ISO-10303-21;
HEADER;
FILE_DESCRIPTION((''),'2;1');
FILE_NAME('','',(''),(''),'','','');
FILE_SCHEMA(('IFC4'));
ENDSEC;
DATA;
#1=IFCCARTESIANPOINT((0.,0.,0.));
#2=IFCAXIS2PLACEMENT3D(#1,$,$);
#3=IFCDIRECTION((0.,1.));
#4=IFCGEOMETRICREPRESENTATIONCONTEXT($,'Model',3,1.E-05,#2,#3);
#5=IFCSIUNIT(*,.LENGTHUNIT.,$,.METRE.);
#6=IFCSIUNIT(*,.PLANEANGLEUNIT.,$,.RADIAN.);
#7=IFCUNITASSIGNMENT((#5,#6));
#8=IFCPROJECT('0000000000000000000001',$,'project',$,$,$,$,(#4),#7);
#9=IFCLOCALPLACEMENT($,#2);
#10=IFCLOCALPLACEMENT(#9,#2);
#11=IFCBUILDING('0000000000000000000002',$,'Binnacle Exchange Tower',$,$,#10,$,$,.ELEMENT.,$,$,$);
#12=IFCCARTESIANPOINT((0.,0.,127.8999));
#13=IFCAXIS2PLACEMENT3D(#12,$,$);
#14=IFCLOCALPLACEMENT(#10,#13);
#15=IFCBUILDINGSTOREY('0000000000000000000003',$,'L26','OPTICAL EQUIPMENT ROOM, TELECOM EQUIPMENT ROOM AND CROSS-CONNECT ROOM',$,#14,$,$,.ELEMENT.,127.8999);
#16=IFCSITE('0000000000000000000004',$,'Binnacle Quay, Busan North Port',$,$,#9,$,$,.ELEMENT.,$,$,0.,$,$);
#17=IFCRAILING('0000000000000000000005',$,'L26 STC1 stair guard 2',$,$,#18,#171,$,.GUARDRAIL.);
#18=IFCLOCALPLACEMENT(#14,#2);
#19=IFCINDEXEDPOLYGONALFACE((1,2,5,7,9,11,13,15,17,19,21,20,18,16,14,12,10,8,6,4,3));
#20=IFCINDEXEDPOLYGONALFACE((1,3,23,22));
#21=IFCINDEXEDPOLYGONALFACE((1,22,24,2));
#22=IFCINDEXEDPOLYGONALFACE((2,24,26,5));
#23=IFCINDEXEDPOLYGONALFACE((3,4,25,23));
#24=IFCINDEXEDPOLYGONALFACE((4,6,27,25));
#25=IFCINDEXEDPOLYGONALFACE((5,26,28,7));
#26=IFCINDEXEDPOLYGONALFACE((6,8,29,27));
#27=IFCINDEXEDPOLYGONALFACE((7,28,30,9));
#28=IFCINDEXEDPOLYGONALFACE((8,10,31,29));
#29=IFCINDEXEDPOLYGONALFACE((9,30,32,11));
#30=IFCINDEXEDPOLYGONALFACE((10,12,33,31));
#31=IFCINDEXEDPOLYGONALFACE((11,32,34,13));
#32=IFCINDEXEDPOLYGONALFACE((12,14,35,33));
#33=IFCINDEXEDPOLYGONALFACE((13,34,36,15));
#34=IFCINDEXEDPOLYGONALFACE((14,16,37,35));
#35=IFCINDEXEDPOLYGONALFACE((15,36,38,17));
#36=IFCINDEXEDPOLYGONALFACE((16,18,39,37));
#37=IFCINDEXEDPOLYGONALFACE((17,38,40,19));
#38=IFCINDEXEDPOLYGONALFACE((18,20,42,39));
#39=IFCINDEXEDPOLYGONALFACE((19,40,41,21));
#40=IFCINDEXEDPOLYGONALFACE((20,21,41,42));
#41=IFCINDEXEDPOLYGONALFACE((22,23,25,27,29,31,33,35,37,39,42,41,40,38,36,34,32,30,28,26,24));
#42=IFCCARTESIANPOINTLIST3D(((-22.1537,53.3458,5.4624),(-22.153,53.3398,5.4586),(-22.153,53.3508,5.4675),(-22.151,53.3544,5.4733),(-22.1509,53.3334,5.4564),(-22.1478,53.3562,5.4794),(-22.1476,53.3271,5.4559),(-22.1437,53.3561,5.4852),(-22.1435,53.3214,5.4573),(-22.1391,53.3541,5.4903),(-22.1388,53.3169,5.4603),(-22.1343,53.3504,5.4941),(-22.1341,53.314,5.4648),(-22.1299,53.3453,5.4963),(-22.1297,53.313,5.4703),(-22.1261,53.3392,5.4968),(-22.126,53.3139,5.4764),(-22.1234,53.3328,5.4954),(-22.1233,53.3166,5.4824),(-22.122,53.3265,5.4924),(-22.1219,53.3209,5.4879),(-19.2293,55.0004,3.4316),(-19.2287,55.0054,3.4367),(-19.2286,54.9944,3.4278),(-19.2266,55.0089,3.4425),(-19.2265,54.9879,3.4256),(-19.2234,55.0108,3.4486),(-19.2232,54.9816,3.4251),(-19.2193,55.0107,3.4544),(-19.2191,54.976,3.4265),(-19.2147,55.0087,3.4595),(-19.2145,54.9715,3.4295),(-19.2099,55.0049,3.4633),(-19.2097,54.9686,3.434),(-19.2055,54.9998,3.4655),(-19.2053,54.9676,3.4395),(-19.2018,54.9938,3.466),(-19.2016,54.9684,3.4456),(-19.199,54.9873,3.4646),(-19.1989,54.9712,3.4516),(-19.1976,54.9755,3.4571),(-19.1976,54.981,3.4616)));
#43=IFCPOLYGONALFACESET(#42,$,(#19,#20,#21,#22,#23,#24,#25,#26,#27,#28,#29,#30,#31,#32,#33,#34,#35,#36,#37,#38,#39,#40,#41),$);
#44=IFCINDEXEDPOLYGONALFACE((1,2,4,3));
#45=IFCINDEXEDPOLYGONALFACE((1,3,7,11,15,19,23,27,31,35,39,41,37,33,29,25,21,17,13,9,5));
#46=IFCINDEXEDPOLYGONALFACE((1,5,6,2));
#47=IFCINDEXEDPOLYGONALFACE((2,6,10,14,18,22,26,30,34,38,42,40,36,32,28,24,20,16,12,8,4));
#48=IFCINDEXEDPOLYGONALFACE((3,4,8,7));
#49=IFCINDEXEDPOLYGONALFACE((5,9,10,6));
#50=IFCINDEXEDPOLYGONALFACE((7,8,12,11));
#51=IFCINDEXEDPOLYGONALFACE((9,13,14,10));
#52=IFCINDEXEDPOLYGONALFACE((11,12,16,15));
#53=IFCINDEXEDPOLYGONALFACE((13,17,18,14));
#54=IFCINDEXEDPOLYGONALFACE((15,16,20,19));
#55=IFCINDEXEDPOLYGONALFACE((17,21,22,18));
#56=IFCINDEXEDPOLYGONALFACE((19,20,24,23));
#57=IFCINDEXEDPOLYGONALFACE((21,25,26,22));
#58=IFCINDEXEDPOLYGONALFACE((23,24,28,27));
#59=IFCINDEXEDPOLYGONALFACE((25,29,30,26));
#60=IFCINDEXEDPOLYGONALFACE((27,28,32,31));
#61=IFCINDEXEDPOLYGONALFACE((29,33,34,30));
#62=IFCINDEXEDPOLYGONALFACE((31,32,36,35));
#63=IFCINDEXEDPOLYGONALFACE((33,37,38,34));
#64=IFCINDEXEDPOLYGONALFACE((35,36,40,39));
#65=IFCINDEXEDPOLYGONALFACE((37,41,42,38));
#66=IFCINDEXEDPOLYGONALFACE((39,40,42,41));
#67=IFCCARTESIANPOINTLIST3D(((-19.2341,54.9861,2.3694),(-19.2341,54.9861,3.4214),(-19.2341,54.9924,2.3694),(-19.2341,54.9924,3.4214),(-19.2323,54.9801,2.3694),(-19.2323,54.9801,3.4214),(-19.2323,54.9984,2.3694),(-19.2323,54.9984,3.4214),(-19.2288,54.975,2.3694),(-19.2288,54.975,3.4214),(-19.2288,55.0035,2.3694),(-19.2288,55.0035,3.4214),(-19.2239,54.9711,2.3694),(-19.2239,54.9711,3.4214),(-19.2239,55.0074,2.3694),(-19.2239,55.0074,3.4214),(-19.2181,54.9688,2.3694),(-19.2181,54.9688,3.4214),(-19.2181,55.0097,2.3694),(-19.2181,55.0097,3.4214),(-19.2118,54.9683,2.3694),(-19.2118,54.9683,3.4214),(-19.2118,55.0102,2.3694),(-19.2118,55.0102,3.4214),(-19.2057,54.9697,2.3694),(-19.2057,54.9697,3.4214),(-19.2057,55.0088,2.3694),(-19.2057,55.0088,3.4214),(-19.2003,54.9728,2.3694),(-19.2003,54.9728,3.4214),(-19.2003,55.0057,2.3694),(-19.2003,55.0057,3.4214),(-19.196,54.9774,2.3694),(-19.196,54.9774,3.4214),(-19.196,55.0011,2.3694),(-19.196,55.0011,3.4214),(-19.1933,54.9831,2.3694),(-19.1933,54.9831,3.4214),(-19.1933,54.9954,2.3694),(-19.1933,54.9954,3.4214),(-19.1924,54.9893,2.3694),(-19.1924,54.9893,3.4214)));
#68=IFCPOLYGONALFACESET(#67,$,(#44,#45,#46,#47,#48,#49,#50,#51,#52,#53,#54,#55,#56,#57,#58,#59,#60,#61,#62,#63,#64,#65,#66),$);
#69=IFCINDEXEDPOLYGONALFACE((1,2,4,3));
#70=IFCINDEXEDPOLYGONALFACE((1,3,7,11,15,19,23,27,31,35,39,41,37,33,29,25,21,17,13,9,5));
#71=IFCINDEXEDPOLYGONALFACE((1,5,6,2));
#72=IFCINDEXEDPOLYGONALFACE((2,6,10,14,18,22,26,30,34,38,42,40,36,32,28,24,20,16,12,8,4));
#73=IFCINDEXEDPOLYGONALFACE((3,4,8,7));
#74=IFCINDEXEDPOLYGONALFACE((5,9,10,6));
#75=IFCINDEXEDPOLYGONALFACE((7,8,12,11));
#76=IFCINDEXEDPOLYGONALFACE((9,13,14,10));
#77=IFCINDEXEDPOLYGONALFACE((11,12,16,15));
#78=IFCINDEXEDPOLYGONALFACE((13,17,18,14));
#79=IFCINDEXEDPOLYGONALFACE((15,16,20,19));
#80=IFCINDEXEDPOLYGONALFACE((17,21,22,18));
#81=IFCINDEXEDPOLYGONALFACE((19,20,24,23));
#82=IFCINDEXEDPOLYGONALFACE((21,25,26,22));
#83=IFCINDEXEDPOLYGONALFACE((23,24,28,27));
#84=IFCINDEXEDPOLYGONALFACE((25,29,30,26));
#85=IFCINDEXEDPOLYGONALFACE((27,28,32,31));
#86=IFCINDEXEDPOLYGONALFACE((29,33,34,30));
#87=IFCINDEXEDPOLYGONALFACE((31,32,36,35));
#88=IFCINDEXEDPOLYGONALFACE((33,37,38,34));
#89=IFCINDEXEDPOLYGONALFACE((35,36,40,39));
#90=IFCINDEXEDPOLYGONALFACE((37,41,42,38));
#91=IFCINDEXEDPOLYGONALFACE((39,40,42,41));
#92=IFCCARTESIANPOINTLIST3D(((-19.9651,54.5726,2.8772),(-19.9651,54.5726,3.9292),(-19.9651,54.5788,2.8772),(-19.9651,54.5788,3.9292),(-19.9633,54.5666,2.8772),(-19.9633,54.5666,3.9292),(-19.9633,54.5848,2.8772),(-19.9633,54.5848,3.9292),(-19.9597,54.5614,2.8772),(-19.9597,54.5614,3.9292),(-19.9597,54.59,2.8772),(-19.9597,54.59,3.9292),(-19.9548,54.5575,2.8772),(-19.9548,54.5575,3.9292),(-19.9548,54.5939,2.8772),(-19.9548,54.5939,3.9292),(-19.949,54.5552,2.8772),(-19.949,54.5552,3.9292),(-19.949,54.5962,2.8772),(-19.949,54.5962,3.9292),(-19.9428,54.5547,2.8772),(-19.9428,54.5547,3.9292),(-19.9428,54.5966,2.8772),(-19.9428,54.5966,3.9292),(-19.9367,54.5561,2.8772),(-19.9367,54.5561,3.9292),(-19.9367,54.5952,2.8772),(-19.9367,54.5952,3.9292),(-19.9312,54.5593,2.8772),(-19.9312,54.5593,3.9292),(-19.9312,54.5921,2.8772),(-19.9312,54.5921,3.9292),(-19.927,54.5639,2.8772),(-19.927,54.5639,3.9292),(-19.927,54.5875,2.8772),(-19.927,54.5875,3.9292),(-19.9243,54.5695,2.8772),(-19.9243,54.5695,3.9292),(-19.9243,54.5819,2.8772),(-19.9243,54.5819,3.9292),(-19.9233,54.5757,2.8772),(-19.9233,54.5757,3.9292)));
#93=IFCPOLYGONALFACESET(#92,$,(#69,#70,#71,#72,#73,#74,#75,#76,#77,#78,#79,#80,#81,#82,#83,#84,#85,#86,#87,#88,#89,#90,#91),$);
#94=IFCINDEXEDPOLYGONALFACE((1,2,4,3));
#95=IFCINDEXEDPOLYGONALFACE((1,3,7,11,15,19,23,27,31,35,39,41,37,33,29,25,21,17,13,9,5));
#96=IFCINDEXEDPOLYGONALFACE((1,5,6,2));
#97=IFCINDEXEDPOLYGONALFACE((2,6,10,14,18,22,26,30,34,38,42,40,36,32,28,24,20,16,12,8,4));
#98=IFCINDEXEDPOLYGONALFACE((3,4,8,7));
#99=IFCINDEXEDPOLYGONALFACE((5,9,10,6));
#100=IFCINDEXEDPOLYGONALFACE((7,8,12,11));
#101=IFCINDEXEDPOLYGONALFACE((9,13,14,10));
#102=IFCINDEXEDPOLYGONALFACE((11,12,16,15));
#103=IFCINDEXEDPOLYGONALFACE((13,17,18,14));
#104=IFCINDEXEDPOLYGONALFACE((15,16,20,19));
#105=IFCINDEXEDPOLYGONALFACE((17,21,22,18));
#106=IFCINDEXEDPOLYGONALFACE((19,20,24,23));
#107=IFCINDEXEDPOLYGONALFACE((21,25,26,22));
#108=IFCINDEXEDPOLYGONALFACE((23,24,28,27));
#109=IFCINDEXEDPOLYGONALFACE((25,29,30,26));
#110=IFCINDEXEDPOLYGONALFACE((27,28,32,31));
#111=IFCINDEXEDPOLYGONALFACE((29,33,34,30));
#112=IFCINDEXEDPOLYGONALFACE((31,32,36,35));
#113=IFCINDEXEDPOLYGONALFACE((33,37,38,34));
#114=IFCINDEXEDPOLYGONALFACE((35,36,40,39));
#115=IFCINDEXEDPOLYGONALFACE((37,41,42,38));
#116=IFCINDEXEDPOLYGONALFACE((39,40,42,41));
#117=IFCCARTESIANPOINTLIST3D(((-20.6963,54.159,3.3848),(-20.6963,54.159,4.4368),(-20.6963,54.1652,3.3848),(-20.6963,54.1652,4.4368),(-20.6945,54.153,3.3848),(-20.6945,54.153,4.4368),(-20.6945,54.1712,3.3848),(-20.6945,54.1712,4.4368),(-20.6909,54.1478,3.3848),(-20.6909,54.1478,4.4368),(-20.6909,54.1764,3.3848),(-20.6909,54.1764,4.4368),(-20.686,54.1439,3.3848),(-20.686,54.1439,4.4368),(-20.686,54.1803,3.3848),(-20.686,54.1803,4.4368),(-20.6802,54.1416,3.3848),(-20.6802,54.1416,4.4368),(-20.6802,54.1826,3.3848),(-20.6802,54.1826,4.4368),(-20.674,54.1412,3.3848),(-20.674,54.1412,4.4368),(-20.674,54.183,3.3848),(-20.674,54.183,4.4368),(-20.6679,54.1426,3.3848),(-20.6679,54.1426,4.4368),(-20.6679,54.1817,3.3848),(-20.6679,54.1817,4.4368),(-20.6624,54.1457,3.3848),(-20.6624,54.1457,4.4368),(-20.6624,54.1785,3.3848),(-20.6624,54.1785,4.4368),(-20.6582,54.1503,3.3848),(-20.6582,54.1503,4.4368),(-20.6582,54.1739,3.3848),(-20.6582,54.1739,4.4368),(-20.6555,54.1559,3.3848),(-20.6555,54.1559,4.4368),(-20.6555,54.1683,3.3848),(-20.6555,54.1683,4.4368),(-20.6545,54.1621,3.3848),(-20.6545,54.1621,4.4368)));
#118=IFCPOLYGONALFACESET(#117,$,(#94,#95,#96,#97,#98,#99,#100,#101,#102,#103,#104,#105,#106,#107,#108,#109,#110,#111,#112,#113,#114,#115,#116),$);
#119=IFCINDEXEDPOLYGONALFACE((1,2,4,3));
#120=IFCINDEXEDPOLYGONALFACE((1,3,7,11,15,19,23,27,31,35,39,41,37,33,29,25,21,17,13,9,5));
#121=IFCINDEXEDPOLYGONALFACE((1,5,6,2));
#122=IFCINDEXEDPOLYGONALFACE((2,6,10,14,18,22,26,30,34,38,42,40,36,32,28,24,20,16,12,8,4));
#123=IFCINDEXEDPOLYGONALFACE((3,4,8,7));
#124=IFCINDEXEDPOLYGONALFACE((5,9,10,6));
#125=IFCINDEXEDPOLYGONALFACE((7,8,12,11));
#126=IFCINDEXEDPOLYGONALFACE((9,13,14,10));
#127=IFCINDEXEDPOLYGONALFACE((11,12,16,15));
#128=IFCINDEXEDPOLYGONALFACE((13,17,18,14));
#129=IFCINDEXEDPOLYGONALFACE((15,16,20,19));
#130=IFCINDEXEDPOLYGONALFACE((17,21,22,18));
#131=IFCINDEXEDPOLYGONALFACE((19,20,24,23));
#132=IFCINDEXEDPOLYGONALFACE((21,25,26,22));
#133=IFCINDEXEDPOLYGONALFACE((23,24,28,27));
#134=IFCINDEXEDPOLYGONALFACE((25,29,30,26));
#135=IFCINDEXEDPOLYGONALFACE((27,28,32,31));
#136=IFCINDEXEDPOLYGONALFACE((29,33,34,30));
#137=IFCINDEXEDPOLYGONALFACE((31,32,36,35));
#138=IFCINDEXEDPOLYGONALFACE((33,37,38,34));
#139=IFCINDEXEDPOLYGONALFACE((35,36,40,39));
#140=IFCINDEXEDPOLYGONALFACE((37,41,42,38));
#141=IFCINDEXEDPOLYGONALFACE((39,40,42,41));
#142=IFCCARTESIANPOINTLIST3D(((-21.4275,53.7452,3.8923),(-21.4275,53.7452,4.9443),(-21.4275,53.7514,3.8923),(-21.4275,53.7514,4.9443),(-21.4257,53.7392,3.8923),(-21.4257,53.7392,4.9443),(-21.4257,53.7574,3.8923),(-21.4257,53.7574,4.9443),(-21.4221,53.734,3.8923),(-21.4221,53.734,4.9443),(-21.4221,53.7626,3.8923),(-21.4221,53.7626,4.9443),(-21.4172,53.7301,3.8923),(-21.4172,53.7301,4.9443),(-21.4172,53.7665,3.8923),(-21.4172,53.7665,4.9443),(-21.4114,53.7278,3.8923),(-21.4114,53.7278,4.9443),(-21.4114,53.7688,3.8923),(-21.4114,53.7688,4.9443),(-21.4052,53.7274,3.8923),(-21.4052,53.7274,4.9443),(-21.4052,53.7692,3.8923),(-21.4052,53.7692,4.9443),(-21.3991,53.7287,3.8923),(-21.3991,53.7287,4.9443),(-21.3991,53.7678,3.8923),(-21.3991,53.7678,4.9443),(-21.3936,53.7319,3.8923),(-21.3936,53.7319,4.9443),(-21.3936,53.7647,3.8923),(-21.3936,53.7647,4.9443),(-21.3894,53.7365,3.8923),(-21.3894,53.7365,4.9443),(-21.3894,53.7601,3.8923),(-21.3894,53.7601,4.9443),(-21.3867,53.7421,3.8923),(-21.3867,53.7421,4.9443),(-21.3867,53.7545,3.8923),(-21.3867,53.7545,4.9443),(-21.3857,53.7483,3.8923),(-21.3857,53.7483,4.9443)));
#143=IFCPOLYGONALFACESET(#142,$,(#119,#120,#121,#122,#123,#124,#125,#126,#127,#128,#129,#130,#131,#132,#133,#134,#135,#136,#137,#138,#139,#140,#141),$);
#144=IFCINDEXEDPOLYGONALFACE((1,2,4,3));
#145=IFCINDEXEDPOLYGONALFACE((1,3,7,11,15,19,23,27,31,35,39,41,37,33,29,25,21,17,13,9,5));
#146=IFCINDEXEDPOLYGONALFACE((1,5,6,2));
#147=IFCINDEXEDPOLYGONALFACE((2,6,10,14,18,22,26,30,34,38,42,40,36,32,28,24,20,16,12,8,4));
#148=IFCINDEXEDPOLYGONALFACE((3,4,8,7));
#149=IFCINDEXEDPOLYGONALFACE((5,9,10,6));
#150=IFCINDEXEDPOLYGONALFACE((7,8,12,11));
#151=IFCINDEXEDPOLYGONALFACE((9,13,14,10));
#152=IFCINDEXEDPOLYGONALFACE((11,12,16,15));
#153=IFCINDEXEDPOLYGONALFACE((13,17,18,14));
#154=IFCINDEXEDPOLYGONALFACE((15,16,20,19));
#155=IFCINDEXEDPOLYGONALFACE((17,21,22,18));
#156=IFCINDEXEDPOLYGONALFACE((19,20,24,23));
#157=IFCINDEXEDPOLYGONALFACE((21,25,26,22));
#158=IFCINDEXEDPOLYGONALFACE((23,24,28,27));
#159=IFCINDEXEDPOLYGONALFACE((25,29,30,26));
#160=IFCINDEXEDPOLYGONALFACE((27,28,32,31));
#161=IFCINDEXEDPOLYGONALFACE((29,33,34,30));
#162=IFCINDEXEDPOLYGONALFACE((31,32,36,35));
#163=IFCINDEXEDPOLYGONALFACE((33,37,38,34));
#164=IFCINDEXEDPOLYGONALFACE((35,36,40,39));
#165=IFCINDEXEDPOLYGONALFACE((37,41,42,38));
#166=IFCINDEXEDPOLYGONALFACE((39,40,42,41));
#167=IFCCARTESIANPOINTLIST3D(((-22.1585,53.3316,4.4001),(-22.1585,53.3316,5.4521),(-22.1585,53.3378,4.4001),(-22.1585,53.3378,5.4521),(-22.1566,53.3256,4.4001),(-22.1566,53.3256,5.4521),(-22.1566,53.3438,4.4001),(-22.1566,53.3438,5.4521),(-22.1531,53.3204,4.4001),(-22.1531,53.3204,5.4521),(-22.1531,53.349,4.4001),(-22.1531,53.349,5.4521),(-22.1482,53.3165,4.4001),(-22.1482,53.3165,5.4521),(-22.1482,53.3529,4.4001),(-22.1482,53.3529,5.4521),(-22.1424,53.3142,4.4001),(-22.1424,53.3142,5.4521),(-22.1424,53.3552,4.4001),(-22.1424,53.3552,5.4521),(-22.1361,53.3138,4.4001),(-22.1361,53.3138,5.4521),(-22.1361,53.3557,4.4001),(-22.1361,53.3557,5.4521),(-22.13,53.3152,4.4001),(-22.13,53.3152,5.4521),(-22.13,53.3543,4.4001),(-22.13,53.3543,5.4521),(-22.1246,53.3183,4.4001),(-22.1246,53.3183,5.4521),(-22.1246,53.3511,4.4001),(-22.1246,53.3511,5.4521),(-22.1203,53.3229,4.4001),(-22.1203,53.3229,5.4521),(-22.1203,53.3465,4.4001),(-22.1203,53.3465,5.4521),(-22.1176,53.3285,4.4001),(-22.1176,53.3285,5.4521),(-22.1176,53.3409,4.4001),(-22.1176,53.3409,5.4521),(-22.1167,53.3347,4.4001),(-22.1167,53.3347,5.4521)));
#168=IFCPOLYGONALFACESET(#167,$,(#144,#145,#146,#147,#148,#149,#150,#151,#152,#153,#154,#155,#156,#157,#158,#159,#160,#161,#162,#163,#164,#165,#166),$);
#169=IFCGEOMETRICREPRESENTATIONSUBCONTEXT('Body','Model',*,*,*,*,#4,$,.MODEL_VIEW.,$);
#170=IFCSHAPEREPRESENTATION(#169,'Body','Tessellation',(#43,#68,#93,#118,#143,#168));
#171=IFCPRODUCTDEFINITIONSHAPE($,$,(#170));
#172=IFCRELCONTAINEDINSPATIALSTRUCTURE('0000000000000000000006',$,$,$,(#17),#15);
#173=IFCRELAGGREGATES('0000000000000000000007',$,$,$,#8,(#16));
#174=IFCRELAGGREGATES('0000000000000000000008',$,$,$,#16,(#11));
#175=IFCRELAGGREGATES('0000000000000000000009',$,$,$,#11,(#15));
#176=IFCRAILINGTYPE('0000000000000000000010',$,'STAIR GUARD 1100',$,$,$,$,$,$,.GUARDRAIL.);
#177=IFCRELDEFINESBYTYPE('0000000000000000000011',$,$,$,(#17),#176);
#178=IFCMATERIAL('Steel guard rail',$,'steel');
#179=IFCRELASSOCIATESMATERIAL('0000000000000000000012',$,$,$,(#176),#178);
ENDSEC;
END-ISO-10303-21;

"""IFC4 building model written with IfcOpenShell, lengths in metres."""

from ifc_helpers import new_model, si_unit, direction, frame, origin, origin_2d, place, context, subcontext, project, spatial, circle, extrude, material, type_object, element, save


model = new_model("IFC4")

# Units and contexts
model_context = context("Model", 3, precision=1e-05, world=origin(), true_north=direction((0.0, 1.0)))
body_context = subcontext(model_context, "Body", "Model", "MODEL_VIEW")
ifc_project = project(units=[si_unit("LENGTHUNIT", "METRE"), si_unit("PLANEANGLEUNIT", "RADIAN")], contexts=[model_context])

# Site, building, storey
site_placement = place(None, origin())
site = spatial("IfcSite", under=ifc_project, at=site_placement, Name="Binnacle Quay, Busan North Port", CompositionType="ELEMENT", RefElevation=0.0)
building_placement = place(site_placement, origin())
building = spatial("IfcBuilding", under=site, at=building_placement, Name="Binnacle Exchange Tower", CompositionType="ELEMENT")
storey_placement = place(building_placement, frame((0.0, 0.0, 127.8999)))
storey = spatial("IfcBuildingStorey", under=building, at=storey_placement, Name="L26", Description="OPTICAL EQUIPMENT ROOM, TELECOM EQUIPMENT ROOM AND CROSS-CONNECT ROOM", CompositionType="ELEMENT", Elevation=127.8999)

# Railing
ifc_material_1 = material(Name="Steel guard rail", Category="steel")
railing_type_1 = type_object("IfcRailingType", Name="STAIR GUARD 1100", PredefinedType="GUARDRAIL", material=ifc_material_1)
railing_1_placement = place(storey_placement, frame((-19.2134, 54.9893, 2.3694)))
element("IfcRailing", 1, at=railing_1_placement, inside=storey, type_object=railing_type_1, Name="L26 STC1 stair guard 2", PredefinedType="GUARDRAIL", context=body_context, shape_type="SweptSolid", body=[
    extrude(circle(Radius=0.0239, at=origin_2d()), frame((0.0, 0.0, 1.0762), z_axis=(-0.744867, -0.421437, 0.517266), x_axis=(0.492433, -0.87035, 0.0)), (0.0, 0.0, 1.0), 3.926),
    extrude(circle(Radius=0.021, at=origin_2d()), origin(), (0.0, 0.0, 1.0), 1.052),
    extrude(circle(Radius=0.021, at=origin_2d()), frame((-0.731, -0.4136, 0.5078)), (0.0, 0.0, 1.0), 1.052),
    extrude(circle(Radius=0.021, at=origin_2d()), frame((-1.4622, -0.8271, 1.0154)), (0.0, 0.0, 1.0), 1.052),
    extrude(circle(Radius=0.021, at=origin_2d()), frame((-2.1934, -1.241, 1.5229)), (0.0, 0.0, 1.0), 1.052),
    extrude(circle(Radius=0.021, at=origin_2d()), frame((-2.9243, -1.6545, 2.0308)), (0.0, 0.0, 1.0), 1.052),
])

save(model, "model.ifc")
